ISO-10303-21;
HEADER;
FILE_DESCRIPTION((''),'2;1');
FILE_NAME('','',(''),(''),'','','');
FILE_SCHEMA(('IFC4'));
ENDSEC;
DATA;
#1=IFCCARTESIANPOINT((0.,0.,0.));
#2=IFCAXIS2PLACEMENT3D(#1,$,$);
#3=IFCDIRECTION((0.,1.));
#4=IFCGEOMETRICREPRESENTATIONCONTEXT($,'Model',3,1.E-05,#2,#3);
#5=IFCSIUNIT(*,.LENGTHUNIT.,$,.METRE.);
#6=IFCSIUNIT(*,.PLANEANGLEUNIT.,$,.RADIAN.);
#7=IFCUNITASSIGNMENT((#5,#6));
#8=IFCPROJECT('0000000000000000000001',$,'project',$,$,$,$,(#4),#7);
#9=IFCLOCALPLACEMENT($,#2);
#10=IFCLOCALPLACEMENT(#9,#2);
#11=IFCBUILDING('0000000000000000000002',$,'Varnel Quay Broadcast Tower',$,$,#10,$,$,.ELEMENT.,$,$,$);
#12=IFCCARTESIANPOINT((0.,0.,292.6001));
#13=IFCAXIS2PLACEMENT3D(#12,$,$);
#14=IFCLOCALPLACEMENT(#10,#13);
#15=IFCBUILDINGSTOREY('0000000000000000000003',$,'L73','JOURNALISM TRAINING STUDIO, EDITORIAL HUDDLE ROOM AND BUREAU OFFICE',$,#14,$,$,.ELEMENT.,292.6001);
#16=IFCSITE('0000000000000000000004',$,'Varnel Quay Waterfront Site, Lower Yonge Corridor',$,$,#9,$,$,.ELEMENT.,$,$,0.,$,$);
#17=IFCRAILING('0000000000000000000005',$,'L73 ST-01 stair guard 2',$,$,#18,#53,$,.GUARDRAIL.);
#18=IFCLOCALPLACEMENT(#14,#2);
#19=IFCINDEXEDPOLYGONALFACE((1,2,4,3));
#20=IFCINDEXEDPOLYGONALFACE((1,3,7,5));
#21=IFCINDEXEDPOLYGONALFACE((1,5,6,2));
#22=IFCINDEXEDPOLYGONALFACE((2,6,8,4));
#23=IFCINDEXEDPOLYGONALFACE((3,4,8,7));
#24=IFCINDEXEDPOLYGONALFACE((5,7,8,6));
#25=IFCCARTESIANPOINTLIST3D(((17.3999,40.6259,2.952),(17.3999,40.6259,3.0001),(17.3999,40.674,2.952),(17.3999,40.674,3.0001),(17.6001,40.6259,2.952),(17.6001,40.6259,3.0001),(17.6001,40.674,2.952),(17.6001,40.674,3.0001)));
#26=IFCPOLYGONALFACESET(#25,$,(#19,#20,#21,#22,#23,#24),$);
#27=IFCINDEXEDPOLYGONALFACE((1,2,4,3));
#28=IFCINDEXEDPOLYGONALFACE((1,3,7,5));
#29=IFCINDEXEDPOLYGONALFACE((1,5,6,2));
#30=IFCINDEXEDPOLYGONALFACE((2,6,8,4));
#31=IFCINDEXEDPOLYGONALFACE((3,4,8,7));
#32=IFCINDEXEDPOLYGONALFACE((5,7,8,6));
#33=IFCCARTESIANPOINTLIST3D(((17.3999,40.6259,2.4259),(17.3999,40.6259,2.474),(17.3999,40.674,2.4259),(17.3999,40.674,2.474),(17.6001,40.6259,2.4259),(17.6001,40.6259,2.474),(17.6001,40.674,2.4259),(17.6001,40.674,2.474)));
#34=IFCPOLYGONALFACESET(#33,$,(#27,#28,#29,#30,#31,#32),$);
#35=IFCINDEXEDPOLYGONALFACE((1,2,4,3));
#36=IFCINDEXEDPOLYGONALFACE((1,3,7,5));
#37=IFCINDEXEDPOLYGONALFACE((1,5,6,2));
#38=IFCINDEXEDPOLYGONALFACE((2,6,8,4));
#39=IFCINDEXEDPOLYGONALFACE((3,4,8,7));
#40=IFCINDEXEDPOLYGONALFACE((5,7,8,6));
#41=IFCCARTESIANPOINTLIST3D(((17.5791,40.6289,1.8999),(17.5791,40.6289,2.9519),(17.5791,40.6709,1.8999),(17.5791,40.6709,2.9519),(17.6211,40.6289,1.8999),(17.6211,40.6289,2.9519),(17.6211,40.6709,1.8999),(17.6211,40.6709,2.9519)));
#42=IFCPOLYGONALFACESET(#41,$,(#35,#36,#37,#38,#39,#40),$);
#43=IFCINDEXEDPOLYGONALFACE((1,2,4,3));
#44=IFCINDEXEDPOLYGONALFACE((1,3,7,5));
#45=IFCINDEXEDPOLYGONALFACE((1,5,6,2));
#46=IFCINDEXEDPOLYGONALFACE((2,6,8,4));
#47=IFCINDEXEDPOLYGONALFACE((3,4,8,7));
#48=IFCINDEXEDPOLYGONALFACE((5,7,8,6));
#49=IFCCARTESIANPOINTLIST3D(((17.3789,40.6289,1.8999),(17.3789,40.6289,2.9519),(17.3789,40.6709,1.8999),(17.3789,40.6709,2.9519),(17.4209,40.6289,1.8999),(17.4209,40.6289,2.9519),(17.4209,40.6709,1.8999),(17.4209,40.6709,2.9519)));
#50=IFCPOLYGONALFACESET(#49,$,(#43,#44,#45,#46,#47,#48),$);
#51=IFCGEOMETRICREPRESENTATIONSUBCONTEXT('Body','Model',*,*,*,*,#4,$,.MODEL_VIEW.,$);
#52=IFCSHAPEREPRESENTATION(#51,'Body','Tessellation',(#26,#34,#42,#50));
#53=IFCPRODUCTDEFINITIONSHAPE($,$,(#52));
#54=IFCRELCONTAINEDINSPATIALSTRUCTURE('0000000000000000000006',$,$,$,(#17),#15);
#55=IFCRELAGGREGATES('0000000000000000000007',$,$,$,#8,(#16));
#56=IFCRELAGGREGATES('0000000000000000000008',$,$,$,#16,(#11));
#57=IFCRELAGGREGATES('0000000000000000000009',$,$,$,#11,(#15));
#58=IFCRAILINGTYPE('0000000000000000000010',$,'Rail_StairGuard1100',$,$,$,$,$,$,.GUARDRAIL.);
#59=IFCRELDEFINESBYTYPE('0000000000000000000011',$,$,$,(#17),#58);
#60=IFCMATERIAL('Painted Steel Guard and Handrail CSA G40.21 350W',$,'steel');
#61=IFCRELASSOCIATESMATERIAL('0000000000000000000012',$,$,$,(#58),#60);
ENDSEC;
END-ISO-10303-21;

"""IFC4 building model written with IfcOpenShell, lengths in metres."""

from ifc_helpers import new_model, si_unit, direction, frame, origin, origin_2d, place, context, subcontext, project, spatial, rectangle, extrude, material, type_object, element, save


model = new_model("IFC4")

# Units and contexts
model_context = context("Model", 3, precision=1e-05, world=origin(), true_north=direction((0.0, 1.0)))
body_context = subcontext(model_context, "Body", "Model", "MODEL_VIEW")
ifc_project = project(units=[si_unit("LENGTHUNIT", "METRE"), si_unit("PLANEANGLEUNIT", "RADIAN")], contexts=[model_context])

# Site, building, storey
site_placement = place(None, origin())
site = spatial("IfcSite", under=ifc_project, at=site_placement, Name="Varnel Quay Waterfront Site, Lower Yonge Corridor", CompositionType="ELEMENT", RefElevation=0.0)
building_placement = place(site_placement, origin())
building = spatial("IfcBuilding", under=site, at=building_placement, Name="Varnel Quay Broadcast Tower", CompositionType="ELEMENT")
storey_placement = place(building_placement, frame((0.0, 0.0, 292.6001)))
storey = spatial("IfcBuildingStorey", under=building, at=storey_placement, Name="L73", Description="JOURNALISM TRAINING STUDIO, EDITORIAL HUDDLE ROOM AND BUREAU OFFICE", CompositionType="ELEMENT", Elevation=292.6001)

# Railing
ifc_material_1 = material(Name="Painted Steel Guard and Handrail CSA G40.21 350W", Category="steel")
railing_type = type_object("IfcRailingType", Name="Rail_StairGuard1100", PredefinedType="GUARDRAIL", material=ifc_material_1)
railing_placement = place(storey_placement, frame((17.6001, 40.6499, 1.8999)))
element("IfcRailing", 1, at=railing_placement, inside=storey, type_object=railing_type, Name="L73 ST-01 stair guard 2", PredefinedType="GUARDRAIL", context=body_context, shape_type="SweptSolid", body=[
    extrude(rectangle(XDim=0.0481, YDim=0.0481, at=origin_2d()), frame((0.0, 0.0, 1.0762), z_axis=(-1.0, 0.0, 0.0), x_axis=(0.0, -1.0, 0.0)), (0.0, 0.0, 1.0), 0.2002),
    extrude(rectangle(XDim=0.0481, YDim=0.0481, at=origin_2d()), frame((0.0, 0.0, 0.55), z_axis=(-1.0, 0.0, 0.0), x_axis=(0.0, -1.0, 0.0)), (0.0, 0.0, 1.0), 0.2002),
    extrude(rectangle(XDim=0.042, YDim=0.042, at=origin_2d()), origin(), (0.0, 0.0, 1.0), 1.052),
    extrude(rectangle(XDim=0.042, YDim=0.042, at=origin_2d()), frame((-0.2002, 0.0, 0.0)), (0.0, 0.0, 1.0), 1.052),
])

save(model, "model.ifc")
